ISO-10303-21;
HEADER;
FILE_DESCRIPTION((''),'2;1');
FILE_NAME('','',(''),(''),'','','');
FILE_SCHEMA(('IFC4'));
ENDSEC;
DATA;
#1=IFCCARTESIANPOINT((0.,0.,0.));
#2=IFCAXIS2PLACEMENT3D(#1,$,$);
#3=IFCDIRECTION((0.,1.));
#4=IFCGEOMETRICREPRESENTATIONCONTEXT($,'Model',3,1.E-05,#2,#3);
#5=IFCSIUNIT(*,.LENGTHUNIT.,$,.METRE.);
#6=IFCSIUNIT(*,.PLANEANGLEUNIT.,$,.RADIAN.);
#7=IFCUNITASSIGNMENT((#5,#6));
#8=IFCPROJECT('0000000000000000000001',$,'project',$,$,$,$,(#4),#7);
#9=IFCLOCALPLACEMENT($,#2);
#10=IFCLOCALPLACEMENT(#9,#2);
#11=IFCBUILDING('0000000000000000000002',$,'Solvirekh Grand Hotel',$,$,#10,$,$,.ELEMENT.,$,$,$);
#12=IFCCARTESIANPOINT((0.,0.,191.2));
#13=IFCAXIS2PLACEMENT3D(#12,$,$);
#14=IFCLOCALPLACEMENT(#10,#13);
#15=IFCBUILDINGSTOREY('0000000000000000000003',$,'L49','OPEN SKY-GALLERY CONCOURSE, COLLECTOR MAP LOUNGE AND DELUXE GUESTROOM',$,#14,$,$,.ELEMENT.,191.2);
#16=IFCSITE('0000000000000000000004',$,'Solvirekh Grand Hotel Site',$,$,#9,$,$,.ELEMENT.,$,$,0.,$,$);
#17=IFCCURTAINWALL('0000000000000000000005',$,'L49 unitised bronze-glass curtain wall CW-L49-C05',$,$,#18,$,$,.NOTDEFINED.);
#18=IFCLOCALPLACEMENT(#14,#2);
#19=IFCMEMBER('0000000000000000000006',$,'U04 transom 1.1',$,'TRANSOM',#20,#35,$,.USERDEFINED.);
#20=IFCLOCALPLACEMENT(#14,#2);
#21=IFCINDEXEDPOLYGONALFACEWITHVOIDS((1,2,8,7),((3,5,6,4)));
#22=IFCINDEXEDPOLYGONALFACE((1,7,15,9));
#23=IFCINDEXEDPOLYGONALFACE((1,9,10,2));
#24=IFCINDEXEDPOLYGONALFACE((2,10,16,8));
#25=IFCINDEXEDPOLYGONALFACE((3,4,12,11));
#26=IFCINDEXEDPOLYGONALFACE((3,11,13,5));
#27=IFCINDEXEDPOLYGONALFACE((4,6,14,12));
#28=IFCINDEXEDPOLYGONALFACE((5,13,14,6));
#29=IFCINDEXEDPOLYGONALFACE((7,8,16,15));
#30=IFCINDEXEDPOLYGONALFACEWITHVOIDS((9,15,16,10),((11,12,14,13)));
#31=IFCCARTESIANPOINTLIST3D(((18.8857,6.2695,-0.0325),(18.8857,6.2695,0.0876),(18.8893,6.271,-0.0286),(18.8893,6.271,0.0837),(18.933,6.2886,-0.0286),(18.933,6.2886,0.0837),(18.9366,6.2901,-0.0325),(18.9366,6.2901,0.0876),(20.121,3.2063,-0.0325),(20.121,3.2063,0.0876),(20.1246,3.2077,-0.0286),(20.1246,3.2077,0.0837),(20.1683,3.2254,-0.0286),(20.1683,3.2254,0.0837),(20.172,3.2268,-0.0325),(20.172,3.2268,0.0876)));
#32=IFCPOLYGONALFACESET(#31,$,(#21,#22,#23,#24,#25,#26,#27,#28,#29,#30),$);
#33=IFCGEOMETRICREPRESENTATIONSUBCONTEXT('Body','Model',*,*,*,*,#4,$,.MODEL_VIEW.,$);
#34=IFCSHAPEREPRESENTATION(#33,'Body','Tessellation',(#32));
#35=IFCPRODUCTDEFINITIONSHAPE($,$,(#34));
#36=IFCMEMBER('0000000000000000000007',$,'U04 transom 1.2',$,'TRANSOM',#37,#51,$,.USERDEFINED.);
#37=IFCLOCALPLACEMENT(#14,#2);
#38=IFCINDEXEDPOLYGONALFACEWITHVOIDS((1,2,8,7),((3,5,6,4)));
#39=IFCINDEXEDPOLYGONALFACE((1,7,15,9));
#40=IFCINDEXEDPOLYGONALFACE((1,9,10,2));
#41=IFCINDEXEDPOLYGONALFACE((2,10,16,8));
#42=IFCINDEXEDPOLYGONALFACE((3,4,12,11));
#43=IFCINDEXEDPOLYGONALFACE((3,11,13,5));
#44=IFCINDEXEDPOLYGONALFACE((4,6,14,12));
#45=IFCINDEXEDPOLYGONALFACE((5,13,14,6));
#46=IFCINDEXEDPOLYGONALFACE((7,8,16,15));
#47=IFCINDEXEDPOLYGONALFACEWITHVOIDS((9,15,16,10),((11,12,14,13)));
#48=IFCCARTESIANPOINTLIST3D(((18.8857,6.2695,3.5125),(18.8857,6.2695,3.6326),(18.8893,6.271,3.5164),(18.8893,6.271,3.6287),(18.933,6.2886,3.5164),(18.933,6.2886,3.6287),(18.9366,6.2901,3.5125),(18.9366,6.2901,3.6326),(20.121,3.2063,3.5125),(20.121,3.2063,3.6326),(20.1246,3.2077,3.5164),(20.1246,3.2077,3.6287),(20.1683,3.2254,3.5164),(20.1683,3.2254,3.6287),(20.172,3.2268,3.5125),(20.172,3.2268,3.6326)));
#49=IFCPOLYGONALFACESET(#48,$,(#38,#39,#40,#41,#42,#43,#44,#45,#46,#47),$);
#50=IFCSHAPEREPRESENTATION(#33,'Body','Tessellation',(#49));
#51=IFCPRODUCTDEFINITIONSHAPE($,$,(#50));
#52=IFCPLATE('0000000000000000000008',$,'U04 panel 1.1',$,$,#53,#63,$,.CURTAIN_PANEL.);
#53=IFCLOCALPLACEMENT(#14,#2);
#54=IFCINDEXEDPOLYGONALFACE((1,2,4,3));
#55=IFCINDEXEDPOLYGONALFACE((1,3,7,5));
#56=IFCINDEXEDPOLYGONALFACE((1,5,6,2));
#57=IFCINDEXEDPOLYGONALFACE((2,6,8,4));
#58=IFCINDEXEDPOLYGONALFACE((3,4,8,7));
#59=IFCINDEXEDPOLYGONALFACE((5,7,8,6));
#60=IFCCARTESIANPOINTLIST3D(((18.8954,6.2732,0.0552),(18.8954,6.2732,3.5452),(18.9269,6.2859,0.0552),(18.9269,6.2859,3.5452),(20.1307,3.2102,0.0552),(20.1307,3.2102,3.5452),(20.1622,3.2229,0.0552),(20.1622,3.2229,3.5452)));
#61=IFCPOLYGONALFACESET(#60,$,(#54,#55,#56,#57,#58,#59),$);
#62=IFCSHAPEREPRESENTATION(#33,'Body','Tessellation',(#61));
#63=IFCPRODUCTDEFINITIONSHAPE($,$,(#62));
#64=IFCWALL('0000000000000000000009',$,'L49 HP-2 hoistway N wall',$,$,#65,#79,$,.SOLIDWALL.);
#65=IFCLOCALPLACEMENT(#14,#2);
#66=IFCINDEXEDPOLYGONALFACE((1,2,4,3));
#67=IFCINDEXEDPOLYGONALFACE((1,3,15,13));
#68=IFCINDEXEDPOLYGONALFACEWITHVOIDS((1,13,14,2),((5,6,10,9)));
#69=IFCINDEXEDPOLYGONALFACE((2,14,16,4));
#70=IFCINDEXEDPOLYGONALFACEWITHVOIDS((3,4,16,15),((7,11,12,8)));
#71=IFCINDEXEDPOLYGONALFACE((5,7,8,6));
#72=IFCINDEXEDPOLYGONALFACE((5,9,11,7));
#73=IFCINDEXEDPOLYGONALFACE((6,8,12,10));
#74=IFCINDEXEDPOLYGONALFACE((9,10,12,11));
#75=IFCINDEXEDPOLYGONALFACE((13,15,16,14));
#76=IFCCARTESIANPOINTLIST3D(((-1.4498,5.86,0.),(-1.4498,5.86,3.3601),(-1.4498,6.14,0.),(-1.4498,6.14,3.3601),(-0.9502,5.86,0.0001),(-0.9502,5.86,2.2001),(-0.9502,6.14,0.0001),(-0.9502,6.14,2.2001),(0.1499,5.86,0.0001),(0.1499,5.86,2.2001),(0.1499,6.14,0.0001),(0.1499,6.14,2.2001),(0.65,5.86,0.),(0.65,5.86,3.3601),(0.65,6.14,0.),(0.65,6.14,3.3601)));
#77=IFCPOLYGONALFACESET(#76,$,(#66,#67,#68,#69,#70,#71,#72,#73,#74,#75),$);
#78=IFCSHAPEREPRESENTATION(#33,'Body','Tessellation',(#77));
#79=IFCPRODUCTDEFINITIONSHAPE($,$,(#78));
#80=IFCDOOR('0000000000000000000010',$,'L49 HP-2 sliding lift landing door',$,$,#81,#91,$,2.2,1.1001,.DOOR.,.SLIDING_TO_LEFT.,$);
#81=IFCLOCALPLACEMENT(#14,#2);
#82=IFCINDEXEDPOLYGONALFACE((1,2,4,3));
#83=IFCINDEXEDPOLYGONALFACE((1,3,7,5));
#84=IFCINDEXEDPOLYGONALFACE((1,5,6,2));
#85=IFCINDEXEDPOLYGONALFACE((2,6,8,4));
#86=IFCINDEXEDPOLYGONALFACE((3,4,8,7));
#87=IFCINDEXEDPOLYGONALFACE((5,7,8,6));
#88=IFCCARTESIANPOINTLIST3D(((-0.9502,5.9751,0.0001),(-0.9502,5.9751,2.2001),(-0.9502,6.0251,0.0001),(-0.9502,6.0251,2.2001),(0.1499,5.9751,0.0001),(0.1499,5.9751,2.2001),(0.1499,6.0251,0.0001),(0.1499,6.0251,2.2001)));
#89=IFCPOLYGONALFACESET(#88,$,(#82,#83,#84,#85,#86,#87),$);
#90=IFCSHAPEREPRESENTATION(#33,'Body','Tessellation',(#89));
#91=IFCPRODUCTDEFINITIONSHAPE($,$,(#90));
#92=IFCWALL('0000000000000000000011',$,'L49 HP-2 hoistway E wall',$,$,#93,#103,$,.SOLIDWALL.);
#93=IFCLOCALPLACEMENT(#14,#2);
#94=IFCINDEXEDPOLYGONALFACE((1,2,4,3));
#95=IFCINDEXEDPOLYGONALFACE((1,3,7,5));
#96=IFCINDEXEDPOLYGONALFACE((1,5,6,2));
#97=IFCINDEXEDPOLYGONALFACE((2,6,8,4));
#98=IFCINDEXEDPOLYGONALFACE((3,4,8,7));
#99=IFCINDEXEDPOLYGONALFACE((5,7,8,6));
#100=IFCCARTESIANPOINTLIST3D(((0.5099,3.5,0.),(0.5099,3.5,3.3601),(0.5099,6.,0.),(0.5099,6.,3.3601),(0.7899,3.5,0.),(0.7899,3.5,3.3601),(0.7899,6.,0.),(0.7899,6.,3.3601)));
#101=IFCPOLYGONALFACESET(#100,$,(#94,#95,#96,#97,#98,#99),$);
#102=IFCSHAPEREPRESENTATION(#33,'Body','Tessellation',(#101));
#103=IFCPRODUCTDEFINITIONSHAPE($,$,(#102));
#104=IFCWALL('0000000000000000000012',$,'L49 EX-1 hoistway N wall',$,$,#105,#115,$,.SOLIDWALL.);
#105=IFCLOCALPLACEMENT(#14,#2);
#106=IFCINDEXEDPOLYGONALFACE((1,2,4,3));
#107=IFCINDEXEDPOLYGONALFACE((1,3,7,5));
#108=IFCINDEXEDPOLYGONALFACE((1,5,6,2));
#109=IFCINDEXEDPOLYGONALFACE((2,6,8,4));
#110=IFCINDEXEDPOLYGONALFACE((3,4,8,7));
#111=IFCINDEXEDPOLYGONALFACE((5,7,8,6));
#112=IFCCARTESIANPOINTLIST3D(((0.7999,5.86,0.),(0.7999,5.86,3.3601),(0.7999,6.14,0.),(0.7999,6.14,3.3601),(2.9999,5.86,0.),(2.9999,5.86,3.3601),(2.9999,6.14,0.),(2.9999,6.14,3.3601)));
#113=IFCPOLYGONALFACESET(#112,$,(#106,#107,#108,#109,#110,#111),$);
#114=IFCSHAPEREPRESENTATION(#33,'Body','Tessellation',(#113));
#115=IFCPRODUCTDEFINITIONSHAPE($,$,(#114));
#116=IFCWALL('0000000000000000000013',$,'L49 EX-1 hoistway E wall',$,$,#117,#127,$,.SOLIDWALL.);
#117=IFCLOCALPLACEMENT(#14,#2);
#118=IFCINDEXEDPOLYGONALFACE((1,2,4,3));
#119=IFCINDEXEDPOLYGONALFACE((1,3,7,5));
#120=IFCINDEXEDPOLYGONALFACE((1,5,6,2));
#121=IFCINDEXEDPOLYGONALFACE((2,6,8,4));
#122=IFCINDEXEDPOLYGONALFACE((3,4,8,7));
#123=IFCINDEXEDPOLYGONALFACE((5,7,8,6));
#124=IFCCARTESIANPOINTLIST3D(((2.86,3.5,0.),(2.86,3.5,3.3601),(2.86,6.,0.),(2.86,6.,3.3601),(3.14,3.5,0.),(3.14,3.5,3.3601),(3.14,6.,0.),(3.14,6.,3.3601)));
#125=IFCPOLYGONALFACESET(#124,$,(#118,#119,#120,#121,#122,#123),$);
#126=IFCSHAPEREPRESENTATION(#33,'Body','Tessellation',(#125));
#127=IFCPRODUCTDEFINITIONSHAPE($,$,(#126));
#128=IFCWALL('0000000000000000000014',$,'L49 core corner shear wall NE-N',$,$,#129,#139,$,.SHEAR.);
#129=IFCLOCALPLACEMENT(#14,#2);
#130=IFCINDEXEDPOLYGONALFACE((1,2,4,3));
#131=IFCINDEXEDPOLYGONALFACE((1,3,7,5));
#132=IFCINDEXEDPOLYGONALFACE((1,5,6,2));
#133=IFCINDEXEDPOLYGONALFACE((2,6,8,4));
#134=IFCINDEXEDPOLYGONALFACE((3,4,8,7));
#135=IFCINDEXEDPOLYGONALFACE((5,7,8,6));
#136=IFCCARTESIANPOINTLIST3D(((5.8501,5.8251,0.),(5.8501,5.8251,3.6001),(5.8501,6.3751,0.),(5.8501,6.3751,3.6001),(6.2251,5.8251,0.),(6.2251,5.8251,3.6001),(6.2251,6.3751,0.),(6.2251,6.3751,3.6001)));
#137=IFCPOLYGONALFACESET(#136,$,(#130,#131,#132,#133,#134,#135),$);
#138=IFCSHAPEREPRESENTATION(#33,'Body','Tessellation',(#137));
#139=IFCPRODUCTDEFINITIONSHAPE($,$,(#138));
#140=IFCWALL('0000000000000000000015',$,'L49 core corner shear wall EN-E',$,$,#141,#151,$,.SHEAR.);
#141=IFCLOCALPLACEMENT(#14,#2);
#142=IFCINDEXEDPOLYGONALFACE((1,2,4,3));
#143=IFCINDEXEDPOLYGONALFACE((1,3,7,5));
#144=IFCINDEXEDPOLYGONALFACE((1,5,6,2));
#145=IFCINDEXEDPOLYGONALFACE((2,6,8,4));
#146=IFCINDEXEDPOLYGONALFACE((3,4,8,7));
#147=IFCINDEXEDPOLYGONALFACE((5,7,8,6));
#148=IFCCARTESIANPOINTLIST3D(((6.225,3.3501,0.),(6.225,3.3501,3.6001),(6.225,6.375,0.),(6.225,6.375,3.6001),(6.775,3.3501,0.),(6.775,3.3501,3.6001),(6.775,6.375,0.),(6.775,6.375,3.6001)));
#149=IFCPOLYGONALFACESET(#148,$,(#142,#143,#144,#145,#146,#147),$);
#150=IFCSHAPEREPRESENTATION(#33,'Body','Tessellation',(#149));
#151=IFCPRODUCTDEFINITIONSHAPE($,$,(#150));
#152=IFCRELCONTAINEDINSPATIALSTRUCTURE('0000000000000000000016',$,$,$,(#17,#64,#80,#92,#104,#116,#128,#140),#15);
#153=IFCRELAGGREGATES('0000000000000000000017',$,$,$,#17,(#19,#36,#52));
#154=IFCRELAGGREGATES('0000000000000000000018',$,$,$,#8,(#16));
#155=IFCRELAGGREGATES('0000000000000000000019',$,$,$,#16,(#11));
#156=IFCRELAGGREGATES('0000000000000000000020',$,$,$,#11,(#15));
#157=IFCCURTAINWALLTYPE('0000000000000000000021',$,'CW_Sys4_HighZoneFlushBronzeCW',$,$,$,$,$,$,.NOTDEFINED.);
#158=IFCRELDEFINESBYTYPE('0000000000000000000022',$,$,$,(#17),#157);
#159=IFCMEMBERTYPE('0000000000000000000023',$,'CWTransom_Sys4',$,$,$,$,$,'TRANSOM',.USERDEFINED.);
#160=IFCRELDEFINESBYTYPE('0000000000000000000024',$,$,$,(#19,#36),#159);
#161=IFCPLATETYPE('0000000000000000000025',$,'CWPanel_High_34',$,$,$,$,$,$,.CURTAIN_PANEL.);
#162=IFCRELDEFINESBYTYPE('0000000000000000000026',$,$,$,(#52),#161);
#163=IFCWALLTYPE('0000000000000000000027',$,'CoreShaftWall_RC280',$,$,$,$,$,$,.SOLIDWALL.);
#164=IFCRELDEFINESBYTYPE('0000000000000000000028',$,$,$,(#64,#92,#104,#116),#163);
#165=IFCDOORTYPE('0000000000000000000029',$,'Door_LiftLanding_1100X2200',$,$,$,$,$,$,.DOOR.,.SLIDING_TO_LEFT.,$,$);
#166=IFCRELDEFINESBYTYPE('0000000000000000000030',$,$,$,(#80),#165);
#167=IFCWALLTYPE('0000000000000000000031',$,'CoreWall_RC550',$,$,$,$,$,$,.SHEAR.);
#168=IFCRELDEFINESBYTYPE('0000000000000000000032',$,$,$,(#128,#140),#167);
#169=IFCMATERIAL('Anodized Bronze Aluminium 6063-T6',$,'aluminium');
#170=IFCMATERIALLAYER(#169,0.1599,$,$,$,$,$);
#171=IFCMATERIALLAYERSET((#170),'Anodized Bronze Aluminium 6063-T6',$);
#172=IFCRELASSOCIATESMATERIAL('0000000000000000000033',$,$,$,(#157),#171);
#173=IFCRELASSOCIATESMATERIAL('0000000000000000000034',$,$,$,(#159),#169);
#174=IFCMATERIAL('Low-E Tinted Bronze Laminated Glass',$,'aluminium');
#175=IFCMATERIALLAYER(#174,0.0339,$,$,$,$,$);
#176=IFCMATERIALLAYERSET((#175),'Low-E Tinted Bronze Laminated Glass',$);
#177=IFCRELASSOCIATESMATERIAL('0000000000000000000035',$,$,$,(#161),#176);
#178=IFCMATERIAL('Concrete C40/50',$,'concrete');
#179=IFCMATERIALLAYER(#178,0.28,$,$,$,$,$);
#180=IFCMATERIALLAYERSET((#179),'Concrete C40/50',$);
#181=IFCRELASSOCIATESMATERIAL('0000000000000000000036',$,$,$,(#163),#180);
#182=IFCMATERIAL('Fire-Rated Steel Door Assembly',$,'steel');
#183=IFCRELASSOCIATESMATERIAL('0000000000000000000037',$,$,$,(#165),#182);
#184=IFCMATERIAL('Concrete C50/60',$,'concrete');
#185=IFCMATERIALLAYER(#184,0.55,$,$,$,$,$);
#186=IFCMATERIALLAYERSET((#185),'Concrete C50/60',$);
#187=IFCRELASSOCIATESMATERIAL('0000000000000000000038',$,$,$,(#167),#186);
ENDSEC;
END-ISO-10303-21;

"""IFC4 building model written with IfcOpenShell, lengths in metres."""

from ifc_helpers import new_model, si_unit, direction, frame, frame_2d, origin, origin_2d, place, context, subcontext, project, spatial, rectangle, hollow_rectangle, extrude, source, transform, mapped, material, layer, layer_set, material_profile, profile_set, type_object, element, fill, aggregate, save


model = new_model("IFC4")

# Units and contexts
model_context = context("Model", 3, precision=1e-05, world=origin(), true_north=direction((0.0, 1.0)))
body_context = subcontext(model_context, "Body", "Model", "MODEL_VIEW")
ifc_project = project(units=[si_unit("LENGTHUNIT", "METRE"), si_unit("PLANEANGLEUNIT", "RADIAN")], contexts=[model_context])

# Site, building, storey
site_placement = place(None, origin())
site = spatial("IfcSite", under=ifc_project, at=site_placement, Name="Solvirekh Grand Hotel Site", CompositionType="ELEMENT", RefElevation=0.0)
building_placement = place(site_placement, origin())
building = spatial("IfcBuilding", under=site, at=building_placement, Name="Solvirekh Grand Hotel", CompositionType="ELEMENT")
storey_placement = place(building_placement, frame((0.0, 0.0, 191.2)))
storey = spatial("IfcBuildingStorey", under=building, at=storey_placement, Name="L49", Description="OPEN SKY-GALLERY CONCOURSE, COLLECTOR MAP LOUNGE AND DELUXE GUESTROOM", CompositionType="ELEMENT", Elevation=191.2)

# Shared definitions
ifc_material_1 = material(Name="Concrete C50/60", Category="concrete")

# Curtain wall, members, plate
ifc_material_2 = material(Name="Anodized Bronze Aluminium 6063-T6", Category="aluminium")
ifc_layer_1 = layer(ifc_material_2, 0.1599)
ifc_layer_set_1 = layer_set([ifc_layer_1], Name="Anodized Bronze Aluminium 6063-T6")
curtain_wall_type = type_object("IfcCurtainWallType", Name="CW_Sys4_HighZoneFlushBronzeCW", PredefinedType="NOTDEFINED", material=ifc_layer_set_1)
curtain_wall_placement = place(storey_placement, origin())
curtain_wall = element("IfcCurtainWall", 1, at=curtain_wall_placement, inside=storey, type_object=curtain_wall_type, Name="L49 unitised bronze-glass curtain wall CW-L49-C05", PredefinedType="NOTDEFINED")
ifc_material_profile_1 = material_profile(ifc_material_2, hollow_rectangle(XDim=0.0549, YDim=0.1201, WallThickness=0.0039, at=origin_2d()), Name="ALU RHS 120X55X4")
ifc_profile_set_1 = profile_set([ifc_material_profile_1], Name="Anodized Bronze Aluminium 6063-T6")
member_type_1 = type_object("IfcMemberType", Name="CWTransom_Sys4", ElementType="TRANSOM", PredefinedType="USERDEFINED", material=ifc_profile_set_1)
shared_shape_1 = source(origin(), body_context, "Body", "SweptSolid", [
    extrude(hollow_rectangle(XDim=0.0549, YDim=0.1201, WallThickness=0.0039, at=origin_2d()), origin(), (0.0, 0.0, 1.0), 3.303),
])
member_1_placement = place(storey_placement, frame((20.1465, 3.2166, 0.0276), z_axis=(-0.374014, 0.927423, 0.0), x_axis=(-0.927423, -0.374014, 0.0)))
member_1 = element("IfcMember", 2, at=member_1_placement, type_object=member_type_1, Name="U04 transom 1.1", ObjectType="TRANSOM", PredefinedType="USERDEFINED", context=body_context, shape_type="MappedRepresentation", body=[
    mapped(shared_shape_1, transform((0.0, 0.0, 0.0), x_axis=(1.0, 0.0, 0.0), y_axis=(0.0, 1.0, 0.0), z_axis=(0.0, 0.0, 1.0), scale=1.0)),
])
member_2_placement = place(storey_placement, frame((20.1465, 3.2166, 3.5725), z_axis=(-0.374014, 0.927423, 0.0), x_axis=(-0.927423, -0.374014, 0.0)))
member_2 = element("IfcMember", 3, at=member_2_placement, type_object=member_type_1, Name="U04 transom 1.2", ObjectType="TRANSOM", PredefinedType="USERDEFINED", context=body_context, shape_type="MappedRepresentation", body=[
    mapped(shared_shape_1, transform((0.0, 0.0, 0.0), x_axis=(1.0, 0.0, 0.0), y_axis=(0.0, 1.0, 0.0), z_axis=(0.0, 0.0, 1.0), scale=1.0)),
])
ifc_material_3 = material(Name="Low-E Tinted Bronze Laminated Glass", Category="aluminium")
ifc_layer_2 = layer(ifc_material_3, 0.0339)
ifc_layer_set_2 = layer_set([ifc_layer_2], Name="Low-E Tinted Bronze Laminated Glass")
plate_type = type_object("IfcPlateType", Name="CWPanel_High_34", PredefinedType="CURTAIN_PANEL", material=ifc_layer_set_2)
shared_shape_2 = source(origin(), body_context, "Body", "SweptSolid", [
    extrude(rectangle(XDim=3.3027, YDim=0.0339, at=origin_2d()), origin(), (0.0, 0.0, 1.0), 3.49),
])
plate_placement = place(storey_placement, frame((19.5288, 4.748, 0.0552), z_axis=(0.0, 0.0, 1.0), x_axis=(-0.374032, 0.927416, 0.0)))
plate = element("IfcPlate", 4, at=plate_placement, type_object=plate_type, Name="U04 panel 1.1", PredefinedType="CURTAIN_PANEL", context=body_context, shape_type="MappedRepresentation", body=[
    mapped(shared_shape_2, transform((0.0, 0.0, 0.0), x_axis=(1.0, 0.0, 0.0), y_axis=(0.0, 1.0, 0.0), z_axis=(0.0, 0.0, 1.0), scale=1.0)),
])
aggregate(curtain_wall, [member_1, member_2, plate])

# Wall, opening, door
ifc_material_4 = material(Name="Concrete C40/50", Category="concrete")
ifc_layer_3 = layer(ifc_material_4, 0.28)
ifc_layer_set_3 = layer_set([ifc_layer_3], Name="Concrete C40/50")
wall_type_1 = type_object("IfcWallType", Name="CoreShaftWall_RC280", PredefinedType="SOLIDWALL", material=ifc_layer_set_3)
wall_1_placement = place(storey_placement, frame((0.6499, 6.0, 0.0), z_axis=(0.0, 0.0, 1.0), x_axis=(-1.0, 0.0, 0.0)))
wall_1 = element("IfcWall", 5, at=wall_1_placement, inside=storey, type_object=wall_type_1, Name="L49 HP-2 hoistway N wall", PredefinedType="SOLIDWALL", context=body_context, shape_type="SweptSolid", body=[
    extrude(rectangle(XDim=2.0999, YDim=0.28, at=frame_2d((1.0498, 0.0))), origin(), (0.0, 0.0, 1.0), 3.3601),
])
opening_1_placement = place(wall_1_placement, frame((0.5, 0.0, 0.0)))
opening_1 = element("IfcOpeningElement", 6, at=opening_1_placement, cuts=wall_1, PredefinedType="OPENING", context=body_context, shape_type="SweptSolid", body=[
    extrude(rectangle(XDim=1.1001, YDim=2.2, at=frame_2d((0.55, 1.1001))), frame((0.0, 0.1499, 0.0), z_axis=(0.0, -1.0, 0.0), x_axis=(1.0, 0.0, 0.0)), (0.0, 0.0, 1.0), 0.3),
])
ifc_material_5 = material(Name="Fire-Rated Steel Door Assembly", Category="steel")
door_type_1 = type_object("IfcDoorType", Name="Door_LiftLanding_1100X2200", OperationType="SLIDING_TO_LEFT", PredefinedType="DOOR", material=ifc_material_5)
door_1_placement = place(opening_1_placement, origin())
door_1 = element("IfcDoor", 7, at=door_1_placement, inside=storey, type_object=door_type_1, Name="L49 HP-2 sliding lift landing door", OperationType="SLIDING_TO_LEFT", OverallHeight=2.2, OverallWidth=1.1001, PredefinedType="DOOR", context=body_context, shape_type="SweptSolid", body=[
    extrude(rectangle(XDim=1.1001, YDim=2.2, at=frame_2d((0.55, 1.1001))), frame((0.0, 0.0249, 0.0), z_axis=(0.0, -1.0, 0.0), x_axis=(1.0, 0.0, 0.0)), (0.0, 0.0, 1.0), 0.05),
])
fill(opening_1, door_1)

# Walls
wall_2_placement = place(storey_placement, frame((0.6499, 3.5, 0.0), z_axis=(0.0, 0.0, 1.0), x_axis=(0.0, 1.0, 0.0)))
element("IfcWall", 8, at=wall_2_placement, inside=storey, type_object=wall_type_1, Name="L49 HP-2 hoistway E wall", PredefinedType="SOLIDWALL", context=body_context, shape_type="SweptSolid", body=[
    extrude(rectangle(XDim=2.5, YDim=0.28, at=frame_2d((1.25, 0.0))), origin(), (0.0, 0.0, 1.0), 3.3601),
])
wall_3_placement = place(storey_placement, frame((3.0, 6.0, 0.0), z_axis=(0.0, 0.0, 1.0), x_axis=(-1.0, 0.0, 0.0)))
element("IfcWall", 9, at=wall_3_placement, inside=storey, type_object=wall_type_1, Name="L49 EX-1 hoistway N wall", PredefinedType="SOLIDWALL", context=body_context, shape_type="SweptSolid", body=[
    extrude(rectangle(XDim=2.2, YDim=0.28, at=frame_2d((1.1001, 0.0))), origin(), (0.0, 0.0, 1.0), 3.3601),
])
wall_4_placement = place(storey_placement, frame((3.0, 3.5, 0.0), z_axis=(0.0, 0.0, 1.0), x_axis=(0.0, 1.0, 0.0)))
element("IfcWall", 10, at=wall_4_placement, inside=storey, type_object=wall_type_1, Name="L49 EX-1 hoistway E wall", PredefinedType="SOLIDWALL", context=body_context, shape_type="SweptSolid", body=[
    extrude(rectangle(XDim=2.5, YDim=0.28, at=frame_2d((1.25, 0.0))), origin(), (0.0, 0.0, 1.0), 3.3601),
])
ifc_layer_4 = layer(ifc_material_1, 0.55)
ifc_layer_set_4 = layer_set([ifc_layer_4], Name="Concrete C50/60")
wall_type_2 = type_object("IfcWallType", Name="CoreWall_RC550", PredefinedType="SHEAR", material=ifc_layer_set_4)
wall_5_placement = place(storey_placement, frame((5.8501, 6.1001, 0.0), z_axis=(0.0, 0.0, 1.0), x_axis=(1.0, 0.0, 0.0)))
element("IfcWall", 11, at=wall_5_placement, inside=storey, type_object=wall_type_2, Name="L49 core corner shear wall NE-N", PredefinedType="SHEAR", context=body_context, shape_type="SweptSolid", body=[
    extrude(rectangle(XDim=0.375, YDim=0.55, at=frame_2d((0.1875, 0.0))), origin(), (0.0, 0.0, 1.0), 3.6001),
])
wall_6_placement = place(storey_placement, frame((6.5, 3.3501, 0.0), z_axis=(0.0, 0.0, 1.0), x_axis=(0.0, 1.0, 0.0)))
element("IfcWall", 12, at=wall_6_placement, inside=storey, type_object=wall_type_2, Name="L49 core corner shear wall EN-E", PredefinedType="SHEAR", context=body_context, shape_type="SweptSolid", body=[
    extrude(rectangle(XDim=3.0249, YDim=0.55, at=frame_2d((1.5125, 0.0))), origin(), (0.0, 0.0, 1.0), 3.6001),
])

save(model, "model.ifc")
